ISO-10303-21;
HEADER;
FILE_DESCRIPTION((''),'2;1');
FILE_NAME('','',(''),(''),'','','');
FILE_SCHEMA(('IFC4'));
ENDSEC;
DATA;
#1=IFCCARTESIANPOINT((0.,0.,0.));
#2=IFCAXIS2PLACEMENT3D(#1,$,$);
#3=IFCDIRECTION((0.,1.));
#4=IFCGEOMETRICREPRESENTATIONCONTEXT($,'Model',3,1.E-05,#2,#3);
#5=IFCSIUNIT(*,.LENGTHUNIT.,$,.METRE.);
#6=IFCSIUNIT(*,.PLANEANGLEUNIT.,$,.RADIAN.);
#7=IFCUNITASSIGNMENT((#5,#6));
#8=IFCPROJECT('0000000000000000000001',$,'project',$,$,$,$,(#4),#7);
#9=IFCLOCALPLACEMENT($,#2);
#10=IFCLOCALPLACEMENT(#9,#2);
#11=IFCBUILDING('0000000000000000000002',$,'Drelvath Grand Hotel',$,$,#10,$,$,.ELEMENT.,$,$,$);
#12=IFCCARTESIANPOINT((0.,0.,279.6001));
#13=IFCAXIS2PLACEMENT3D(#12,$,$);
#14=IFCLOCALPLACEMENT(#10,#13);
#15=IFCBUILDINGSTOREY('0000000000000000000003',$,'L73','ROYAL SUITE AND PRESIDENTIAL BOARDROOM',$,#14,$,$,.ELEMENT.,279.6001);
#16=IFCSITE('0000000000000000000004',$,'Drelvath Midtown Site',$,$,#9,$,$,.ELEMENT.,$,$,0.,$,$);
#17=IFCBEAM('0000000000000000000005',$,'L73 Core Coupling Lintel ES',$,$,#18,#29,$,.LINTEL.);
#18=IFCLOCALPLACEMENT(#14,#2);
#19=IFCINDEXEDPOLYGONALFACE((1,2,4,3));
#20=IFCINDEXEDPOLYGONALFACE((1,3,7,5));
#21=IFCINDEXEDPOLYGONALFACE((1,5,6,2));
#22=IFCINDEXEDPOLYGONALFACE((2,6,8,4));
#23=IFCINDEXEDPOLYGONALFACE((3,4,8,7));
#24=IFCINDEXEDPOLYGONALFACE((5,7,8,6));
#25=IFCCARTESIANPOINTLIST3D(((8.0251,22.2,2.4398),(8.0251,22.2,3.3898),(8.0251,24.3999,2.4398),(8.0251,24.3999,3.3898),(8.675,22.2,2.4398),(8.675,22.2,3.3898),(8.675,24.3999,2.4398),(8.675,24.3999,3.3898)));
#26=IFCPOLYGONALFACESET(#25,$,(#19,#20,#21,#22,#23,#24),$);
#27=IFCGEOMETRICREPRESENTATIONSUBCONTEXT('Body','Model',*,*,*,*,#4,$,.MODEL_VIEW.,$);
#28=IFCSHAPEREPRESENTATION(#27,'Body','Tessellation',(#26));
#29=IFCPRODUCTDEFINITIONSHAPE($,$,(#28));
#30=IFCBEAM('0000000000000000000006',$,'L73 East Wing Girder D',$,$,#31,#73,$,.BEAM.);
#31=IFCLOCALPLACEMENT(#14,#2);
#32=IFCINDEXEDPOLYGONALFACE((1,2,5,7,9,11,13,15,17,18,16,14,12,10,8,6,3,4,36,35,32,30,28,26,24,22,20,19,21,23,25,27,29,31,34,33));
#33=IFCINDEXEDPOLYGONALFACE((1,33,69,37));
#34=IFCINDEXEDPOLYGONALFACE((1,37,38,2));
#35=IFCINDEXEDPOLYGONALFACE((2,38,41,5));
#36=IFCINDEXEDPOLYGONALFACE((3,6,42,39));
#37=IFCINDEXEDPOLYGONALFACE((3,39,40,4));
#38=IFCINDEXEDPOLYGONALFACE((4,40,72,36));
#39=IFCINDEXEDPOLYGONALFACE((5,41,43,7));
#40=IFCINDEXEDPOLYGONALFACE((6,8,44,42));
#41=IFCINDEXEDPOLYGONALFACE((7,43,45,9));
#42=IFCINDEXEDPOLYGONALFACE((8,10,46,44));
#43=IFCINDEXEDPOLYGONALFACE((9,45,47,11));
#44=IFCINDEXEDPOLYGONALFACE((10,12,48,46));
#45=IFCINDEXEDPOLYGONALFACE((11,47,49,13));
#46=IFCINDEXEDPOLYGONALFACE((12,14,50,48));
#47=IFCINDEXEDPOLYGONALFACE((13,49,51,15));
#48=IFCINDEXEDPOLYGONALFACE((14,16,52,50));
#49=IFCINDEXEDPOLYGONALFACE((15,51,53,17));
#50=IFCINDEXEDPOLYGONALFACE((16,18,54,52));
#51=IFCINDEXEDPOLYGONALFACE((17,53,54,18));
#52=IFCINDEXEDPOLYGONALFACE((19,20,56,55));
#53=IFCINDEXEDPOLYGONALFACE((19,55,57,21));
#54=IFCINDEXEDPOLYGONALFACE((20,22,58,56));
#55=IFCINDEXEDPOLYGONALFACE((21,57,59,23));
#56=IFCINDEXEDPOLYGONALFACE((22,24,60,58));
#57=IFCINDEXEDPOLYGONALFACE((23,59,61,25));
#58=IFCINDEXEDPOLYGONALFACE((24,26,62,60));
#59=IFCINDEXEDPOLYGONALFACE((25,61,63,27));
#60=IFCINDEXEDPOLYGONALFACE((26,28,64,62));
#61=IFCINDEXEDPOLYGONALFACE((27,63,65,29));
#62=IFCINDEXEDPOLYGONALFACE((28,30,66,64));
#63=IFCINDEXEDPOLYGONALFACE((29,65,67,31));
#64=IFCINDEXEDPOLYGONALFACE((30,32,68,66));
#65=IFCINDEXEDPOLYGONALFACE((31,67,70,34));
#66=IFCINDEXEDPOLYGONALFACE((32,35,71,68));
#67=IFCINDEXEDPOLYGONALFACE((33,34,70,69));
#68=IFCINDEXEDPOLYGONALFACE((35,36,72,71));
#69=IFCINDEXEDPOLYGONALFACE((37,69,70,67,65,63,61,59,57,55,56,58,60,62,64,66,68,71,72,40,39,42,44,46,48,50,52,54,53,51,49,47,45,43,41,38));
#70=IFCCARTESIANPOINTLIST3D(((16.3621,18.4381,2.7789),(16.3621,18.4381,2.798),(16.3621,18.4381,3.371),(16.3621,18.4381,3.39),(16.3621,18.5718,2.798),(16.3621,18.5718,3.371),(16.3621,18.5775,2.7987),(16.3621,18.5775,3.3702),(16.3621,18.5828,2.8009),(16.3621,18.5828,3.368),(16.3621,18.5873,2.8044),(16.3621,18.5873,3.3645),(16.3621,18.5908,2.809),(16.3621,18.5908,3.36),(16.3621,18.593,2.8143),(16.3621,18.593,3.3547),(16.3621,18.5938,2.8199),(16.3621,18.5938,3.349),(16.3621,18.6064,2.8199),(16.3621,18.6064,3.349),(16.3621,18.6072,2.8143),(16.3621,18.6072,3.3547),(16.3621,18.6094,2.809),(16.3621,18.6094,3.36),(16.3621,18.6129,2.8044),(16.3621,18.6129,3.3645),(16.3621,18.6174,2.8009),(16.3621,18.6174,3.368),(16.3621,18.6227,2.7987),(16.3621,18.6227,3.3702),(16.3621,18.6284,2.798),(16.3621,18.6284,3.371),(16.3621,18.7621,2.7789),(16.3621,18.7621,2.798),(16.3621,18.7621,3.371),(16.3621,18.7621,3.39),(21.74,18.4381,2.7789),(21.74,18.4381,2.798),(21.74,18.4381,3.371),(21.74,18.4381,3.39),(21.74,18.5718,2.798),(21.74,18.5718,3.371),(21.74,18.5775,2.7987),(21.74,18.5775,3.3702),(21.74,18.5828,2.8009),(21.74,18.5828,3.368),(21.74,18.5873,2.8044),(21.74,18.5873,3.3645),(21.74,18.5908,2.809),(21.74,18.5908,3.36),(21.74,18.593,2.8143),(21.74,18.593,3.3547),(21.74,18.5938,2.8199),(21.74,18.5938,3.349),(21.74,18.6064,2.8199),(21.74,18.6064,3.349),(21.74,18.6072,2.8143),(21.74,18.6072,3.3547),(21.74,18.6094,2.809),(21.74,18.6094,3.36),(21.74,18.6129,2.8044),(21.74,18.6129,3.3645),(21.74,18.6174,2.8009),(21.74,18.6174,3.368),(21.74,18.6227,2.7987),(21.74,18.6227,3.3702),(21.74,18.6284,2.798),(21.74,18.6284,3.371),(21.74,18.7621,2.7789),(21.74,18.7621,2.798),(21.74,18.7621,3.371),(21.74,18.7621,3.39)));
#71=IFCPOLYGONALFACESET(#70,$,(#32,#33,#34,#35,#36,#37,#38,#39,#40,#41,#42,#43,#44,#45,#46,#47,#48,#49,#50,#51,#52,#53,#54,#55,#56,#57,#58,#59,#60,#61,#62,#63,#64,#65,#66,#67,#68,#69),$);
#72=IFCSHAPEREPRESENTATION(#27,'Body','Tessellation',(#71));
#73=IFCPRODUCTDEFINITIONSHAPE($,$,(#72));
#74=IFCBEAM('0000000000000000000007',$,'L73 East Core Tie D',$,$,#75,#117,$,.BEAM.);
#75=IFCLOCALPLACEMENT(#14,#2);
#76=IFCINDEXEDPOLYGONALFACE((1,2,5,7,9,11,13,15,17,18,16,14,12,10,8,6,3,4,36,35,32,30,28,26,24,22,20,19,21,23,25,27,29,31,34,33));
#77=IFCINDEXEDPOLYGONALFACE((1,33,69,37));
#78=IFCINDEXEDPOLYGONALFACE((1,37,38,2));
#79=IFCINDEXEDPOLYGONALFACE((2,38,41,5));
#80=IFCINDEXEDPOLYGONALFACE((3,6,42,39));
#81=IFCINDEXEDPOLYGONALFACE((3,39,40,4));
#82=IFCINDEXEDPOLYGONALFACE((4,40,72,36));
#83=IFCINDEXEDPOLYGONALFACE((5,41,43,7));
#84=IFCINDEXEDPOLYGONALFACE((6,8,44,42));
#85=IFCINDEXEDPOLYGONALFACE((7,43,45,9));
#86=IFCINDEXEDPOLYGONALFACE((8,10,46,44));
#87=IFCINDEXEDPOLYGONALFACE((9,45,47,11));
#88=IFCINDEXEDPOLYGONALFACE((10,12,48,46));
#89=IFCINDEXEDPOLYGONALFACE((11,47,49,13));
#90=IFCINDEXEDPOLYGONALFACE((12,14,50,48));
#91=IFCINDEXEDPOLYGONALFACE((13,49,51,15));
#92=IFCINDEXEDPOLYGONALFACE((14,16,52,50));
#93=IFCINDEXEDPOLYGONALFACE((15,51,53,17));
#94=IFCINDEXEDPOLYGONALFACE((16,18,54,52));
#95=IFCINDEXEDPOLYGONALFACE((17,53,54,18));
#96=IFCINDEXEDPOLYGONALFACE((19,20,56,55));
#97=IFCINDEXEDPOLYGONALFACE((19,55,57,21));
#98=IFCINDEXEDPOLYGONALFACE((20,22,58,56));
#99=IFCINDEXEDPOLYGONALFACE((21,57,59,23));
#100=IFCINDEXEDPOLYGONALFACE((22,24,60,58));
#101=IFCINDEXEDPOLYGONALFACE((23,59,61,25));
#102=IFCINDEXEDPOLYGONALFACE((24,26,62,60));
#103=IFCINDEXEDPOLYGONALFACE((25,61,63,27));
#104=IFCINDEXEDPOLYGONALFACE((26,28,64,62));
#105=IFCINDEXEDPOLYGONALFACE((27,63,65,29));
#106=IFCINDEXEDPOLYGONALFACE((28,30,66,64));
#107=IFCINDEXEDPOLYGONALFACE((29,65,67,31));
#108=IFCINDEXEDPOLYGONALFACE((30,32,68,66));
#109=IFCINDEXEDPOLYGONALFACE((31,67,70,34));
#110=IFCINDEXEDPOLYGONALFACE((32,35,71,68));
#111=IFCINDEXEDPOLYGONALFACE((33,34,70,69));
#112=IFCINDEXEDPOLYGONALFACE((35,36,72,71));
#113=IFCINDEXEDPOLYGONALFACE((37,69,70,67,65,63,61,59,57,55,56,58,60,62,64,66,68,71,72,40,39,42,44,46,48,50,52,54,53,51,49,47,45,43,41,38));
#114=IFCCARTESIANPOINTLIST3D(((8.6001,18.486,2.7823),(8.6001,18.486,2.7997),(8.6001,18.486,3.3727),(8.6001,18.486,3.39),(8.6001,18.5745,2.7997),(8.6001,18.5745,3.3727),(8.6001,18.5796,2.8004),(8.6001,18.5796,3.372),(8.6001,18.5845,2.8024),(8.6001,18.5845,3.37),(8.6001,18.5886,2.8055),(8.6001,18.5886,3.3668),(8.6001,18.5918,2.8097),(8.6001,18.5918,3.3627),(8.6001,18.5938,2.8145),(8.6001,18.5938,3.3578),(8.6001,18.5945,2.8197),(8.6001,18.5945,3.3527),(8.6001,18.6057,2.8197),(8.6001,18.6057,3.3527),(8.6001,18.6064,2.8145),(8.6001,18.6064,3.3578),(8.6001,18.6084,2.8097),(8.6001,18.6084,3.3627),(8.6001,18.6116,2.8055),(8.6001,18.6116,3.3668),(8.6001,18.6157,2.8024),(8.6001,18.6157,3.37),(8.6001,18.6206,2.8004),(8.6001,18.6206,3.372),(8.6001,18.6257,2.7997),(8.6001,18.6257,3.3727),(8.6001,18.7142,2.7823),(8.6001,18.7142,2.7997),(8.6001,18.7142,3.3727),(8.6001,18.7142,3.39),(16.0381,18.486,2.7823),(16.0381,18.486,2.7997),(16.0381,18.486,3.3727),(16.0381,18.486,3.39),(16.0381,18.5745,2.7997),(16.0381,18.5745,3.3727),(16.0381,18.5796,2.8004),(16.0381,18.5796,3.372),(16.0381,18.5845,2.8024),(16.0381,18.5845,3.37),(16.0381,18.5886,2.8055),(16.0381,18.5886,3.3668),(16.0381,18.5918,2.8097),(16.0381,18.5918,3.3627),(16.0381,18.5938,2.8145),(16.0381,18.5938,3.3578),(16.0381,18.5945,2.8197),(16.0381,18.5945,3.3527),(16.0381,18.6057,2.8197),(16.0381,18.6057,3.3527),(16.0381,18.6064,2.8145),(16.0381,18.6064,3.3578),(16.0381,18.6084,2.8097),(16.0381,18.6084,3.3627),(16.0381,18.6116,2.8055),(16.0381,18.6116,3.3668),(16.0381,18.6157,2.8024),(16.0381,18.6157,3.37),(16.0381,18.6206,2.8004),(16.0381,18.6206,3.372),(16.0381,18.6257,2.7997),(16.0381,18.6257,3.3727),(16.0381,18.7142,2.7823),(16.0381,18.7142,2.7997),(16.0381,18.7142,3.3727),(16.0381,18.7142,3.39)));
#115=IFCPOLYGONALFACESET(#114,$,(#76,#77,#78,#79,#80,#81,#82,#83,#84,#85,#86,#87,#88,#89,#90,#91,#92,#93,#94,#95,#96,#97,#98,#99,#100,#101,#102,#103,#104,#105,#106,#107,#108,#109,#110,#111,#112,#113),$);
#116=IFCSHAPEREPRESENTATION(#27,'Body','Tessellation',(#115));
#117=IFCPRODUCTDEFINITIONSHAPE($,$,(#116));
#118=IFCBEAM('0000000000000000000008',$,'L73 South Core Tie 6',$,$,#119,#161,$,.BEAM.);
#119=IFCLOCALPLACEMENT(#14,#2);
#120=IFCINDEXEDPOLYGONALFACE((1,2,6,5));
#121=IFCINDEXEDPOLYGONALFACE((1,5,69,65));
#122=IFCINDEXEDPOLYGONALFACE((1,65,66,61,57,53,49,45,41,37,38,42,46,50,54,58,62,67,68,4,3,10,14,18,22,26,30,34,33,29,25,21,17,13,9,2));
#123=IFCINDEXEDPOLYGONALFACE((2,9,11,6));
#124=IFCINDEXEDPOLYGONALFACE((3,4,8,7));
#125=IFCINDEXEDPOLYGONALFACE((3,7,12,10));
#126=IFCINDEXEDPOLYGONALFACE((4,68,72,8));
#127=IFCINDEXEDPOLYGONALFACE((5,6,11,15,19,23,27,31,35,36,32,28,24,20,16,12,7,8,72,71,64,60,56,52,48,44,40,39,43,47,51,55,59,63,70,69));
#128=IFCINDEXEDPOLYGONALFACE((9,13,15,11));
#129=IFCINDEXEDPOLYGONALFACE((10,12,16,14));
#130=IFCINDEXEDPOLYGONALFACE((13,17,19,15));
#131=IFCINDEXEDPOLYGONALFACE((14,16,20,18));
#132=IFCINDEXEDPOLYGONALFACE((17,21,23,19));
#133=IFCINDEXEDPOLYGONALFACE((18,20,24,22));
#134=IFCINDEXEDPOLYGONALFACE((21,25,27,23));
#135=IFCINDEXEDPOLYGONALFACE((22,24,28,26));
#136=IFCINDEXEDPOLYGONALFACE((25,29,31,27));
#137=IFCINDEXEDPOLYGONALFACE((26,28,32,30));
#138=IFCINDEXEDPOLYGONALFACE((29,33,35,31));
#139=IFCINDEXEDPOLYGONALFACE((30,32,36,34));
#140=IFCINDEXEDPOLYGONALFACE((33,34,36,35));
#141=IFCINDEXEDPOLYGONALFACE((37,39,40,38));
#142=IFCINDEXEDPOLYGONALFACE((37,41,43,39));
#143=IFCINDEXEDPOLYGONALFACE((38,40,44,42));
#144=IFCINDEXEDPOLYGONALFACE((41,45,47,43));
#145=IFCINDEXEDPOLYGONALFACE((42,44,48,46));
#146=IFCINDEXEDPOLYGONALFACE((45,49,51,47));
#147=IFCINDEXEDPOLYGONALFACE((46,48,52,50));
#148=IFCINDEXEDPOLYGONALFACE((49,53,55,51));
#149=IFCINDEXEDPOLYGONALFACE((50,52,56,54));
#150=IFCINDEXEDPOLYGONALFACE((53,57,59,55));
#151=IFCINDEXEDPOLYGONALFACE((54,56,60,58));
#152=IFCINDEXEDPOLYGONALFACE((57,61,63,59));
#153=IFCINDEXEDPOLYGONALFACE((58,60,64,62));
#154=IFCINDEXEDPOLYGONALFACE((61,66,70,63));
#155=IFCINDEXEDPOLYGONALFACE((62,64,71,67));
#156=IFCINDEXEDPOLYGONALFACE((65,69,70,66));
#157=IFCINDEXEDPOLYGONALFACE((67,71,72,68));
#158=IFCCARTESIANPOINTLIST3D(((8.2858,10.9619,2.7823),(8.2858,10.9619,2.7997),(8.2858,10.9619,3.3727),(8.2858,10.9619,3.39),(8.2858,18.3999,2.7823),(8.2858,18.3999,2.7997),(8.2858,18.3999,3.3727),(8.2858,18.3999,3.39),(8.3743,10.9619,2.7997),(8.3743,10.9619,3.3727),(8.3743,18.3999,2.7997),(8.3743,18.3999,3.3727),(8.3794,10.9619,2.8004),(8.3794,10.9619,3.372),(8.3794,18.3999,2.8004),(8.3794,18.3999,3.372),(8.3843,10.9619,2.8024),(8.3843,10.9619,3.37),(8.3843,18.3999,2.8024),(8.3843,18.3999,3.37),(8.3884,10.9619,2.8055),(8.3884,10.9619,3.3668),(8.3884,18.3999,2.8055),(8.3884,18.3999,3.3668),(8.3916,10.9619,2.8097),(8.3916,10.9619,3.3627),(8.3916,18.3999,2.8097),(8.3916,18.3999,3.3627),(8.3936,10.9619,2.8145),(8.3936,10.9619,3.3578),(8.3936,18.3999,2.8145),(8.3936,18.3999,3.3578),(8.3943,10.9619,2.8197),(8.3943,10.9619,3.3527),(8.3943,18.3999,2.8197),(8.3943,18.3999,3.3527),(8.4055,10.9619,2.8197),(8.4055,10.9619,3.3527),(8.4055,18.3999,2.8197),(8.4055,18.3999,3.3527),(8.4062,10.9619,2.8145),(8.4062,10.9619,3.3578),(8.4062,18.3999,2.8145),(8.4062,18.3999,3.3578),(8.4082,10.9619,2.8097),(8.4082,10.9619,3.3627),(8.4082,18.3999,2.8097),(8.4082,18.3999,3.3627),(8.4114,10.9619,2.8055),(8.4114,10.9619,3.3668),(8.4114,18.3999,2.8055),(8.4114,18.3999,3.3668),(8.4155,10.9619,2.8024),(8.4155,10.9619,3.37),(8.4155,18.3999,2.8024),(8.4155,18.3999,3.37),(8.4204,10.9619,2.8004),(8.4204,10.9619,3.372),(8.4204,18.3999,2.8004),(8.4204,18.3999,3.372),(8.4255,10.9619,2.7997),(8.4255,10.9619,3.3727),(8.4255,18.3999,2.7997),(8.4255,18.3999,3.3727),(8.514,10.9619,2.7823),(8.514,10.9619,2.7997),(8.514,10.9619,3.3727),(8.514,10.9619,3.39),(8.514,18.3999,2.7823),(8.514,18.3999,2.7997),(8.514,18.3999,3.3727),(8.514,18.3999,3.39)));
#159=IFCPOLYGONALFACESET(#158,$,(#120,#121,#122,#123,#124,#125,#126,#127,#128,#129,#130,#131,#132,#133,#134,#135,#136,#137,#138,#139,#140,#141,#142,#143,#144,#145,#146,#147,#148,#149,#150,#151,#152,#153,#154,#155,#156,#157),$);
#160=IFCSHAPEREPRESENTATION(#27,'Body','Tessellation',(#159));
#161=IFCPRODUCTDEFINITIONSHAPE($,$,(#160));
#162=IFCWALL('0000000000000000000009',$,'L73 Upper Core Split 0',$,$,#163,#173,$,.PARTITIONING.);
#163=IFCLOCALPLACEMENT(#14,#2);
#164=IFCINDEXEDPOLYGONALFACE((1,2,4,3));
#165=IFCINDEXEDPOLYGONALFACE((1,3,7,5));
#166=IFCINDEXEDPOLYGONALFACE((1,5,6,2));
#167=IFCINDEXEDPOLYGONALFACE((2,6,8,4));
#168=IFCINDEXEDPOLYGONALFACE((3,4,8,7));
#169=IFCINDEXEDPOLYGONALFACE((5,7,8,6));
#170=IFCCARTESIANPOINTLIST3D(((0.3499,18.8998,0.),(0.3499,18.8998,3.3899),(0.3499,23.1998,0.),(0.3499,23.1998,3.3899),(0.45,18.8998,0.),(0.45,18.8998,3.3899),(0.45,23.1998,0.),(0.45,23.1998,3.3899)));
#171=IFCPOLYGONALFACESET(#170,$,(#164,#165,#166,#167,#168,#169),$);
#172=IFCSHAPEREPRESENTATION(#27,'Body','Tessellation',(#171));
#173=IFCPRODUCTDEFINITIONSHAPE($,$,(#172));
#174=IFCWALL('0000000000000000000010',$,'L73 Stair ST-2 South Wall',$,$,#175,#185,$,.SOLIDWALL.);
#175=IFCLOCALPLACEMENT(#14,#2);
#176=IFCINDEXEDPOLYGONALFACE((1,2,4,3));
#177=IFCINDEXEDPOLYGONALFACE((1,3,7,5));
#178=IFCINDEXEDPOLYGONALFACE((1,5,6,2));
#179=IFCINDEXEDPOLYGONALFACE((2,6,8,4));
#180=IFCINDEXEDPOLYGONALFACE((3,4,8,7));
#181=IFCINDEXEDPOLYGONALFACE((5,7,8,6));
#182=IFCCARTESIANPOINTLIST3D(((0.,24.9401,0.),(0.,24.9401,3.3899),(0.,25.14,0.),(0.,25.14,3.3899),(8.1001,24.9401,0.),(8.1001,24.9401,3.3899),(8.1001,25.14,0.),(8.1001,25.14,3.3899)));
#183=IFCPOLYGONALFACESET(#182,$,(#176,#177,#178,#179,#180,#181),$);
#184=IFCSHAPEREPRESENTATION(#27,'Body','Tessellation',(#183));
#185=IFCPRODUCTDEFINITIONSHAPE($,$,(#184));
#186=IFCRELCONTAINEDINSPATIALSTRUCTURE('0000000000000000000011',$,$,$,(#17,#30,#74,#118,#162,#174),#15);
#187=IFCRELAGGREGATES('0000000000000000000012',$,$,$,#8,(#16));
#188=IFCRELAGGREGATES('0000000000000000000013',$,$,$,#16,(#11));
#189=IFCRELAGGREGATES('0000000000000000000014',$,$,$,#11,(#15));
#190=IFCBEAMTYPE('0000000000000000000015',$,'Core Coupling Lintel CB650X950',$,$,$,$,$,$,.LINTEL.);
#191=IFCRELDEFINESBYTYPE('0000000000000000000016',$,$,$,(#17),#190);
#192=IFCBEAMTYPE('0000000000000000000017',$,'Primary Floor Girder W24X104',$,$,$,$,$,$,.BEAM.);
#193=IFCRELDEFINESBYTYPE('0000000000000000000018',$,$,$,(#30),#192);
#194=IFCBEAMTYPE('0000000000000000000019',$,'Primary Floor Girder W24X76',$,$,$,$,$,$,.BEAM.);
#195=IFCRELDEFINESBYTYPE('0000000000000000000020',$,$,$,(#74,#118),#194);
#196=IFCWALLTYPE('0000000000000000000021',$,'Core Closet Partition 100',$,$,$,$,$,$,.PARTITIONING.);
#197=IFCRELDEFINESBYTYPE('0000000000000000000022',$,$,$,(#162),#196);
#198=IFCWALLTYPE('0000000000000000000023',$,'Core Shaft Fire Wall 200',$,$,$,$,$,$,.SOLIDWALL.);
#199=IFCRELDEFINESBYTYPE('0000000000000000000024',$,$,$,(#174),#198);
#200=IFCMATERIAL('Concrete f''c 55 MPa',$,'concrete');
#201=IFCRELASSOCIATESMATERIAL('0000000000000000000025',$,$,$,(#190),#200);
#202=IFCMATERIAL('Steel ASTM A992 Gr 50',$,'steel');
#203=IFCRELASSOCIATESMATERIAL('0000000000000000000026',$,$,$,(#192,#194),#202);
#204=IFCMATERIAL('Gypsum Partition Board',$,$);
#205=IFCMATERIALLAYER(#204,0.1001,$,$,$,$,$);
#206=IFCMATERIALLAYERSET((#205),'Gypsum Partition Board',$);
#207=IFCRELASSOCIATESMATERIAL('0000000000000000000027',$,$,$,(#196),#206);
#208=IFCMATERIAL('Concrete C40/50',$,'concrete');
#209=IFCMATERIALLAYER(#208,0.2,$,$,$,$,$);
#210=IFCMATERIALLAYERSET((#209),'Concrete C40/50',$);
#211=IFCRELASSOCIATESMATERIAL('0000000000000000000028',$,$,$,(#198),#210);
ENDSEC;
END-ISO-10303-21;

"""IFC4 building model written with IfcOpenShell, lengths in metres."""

from ifc_helpers import new_model, si_unit, direction, frame, frame_2d, origin, origin_2d, place, context, subcontext, project, spatial, rectangle, i_section, extrude, material, layer, layer_set, material_profile, profile_set, type_object, element, save


model = new_model("IFC4")

# Units and contexts
model_context = context("Model", 3, precision=1e-05, world=origin(), true_north=direction((0.0, 1.0)))
body_context = subcontext(model_context, "Body", "Model", "MODEL_VIEW")
ifc_project = project(units=[si_unit("LENGTHUNIT", "METRE"), si_unit("PLANEANGLEUNIT", "RADIAN")], contexts=[model_context])

# Site, building, storey
site_placement = place(None, origin())
site = spatial("IfcSite", under=ifc_project, at=site_placement, Name="Drelvath Midtown Site", CompositionType="ELEMENT", RefElevation=0.0)
building_placement = place(site_placement, origin())
building = spatial("IfcBuilding", under=site, at=building_placement, Name="Drelvath Grand Hotel", CompositionType="ELEMENT")
storey_placement = place(building_placement, frame((0.0, 0.0, 279.6001)))
storey = spatial("IfcBuildingStorey", under=building, at=storey_placement, Name="L73", Description="ROYAL SUITE AND PRESIDENTIAL BOARDROOM", CompositionType="ELEMENT", Elevation=279.6001)

# Beams
ifc_material_1 = material(Name="Concrete f'c 55 MPa", Category="concrete")
ifc_material_profile_1 = material_profile(ifc_material_1, rectangle(XDim=0.6499, YDim=0.95, at=origin_2d()), Name="CB650X950")
ifc_profile_set_1 = profile_set([ifc_material_profile_1], Name="Concrete f'c 55 MPa")
beam_type_1 = type_object("IfcBeamType", Name="Core Coupling Lintel CB650X950", PredefinedType="LINTEL", material=ifc_profile_set_1)
beam_1_placement = place(storey_placement, frame((8.3501, 22.2, 2.9148), z_axis=(0.0, 1.0, 0.0), x_axis=(-1.0, 0.0, 0.0)))
element("IfcBeam", 1, at=beam_1_placement, inside=storey, type_object=beam_type_1, Name="L73 Core Coupling Lintel ES", PredefinedType="LINTEL", context=body_context, shape_type="SweptSolid", body=[
    extrude(rectangle(XDim=0.6499, YDim=0.95, at=origin_2d()), origin(), (0.0, 0.0, 1.0), 2.2),
])
ifc_material_2 = material(Name="Steel ASTM A992 Gr 50", Category="steel")
ifc_material_profile_2 = material_profile(ifc_material_2, i_section(OverallWidth=0.324, OverallDepth=0.6111, WebThickness=0.0127, FlangeThickness=0.019, FilletRadius=0.022, at=origin_2d()), Name="W24X104")
ifc_profile_set_2 = profile_set([ifc_material_profile_2], Name="Steel ASTM A992 Gr 50")
beam_type_2 = type_object("IfcBeamType", Name="Primary Floor Girder W24X104", PredefinedType="BEAM", material=ifc_profile_set_2)
beam_2_placement = place(storey_placement, frame((16.3621, 18.6001, 3.0845), z_axis=(1.0, 0.0, 0.0), x_axis=(0.0, 1.0, 0.0)))
element("IfcBeam", 2, at=beam_2_placement, inside=storey, type_object=beam_type_2, Name="L73 East Wing Girder D", PredefinedType="BEAM", context=body_context, shape_type="SweptSolid", body=[
    extrude(i_section(OverallWidth=0.324, OverallDepth=0.6111, WebThickness=0.0127, FlangeThickness=0.019, FilletRadius=0.022, at=origin_2d()), origin(), (0.0, 0.0, 1.0), 5.3779),
])
ifc_material_profile_3 = material_profile(ifc_material_2, i_section(OverallWidth=0.2283, OverallDepth=0.6077, WebThickness=0.0112, FlangeThickness=0.0173, FilletRadius=0.02, at=origin_2d()), Name="W24X76")
ifc_profile_set_3 = profile_set([ifc_material_profile_3], Name="Steel ASTM A992 Gr 50")
beam_type_3 = type_object("IfcBeamType", Name="Primary Floor Girder W24X76", PredefinedType="BEAM", material=ifc_profile_set_3)
for number, where, z_axis, x_axis, name in (
    (3, (8.6001, 18.6001, 3.0862), (1.0, 0.0, 0.0), (0.0, 1.0, 0.0), "L73 East Core Tie D"),
    (4, (8.3999, 10.9619, 3.0862), (0.0, 1.0, 0.0), (-1.0, 0.0, 0.0), "L73 South Core Tie 6"),
):
    element("IfcBeam", number, at=place(storey_placement, frame(where, z_axis=z_axis, x_axis=x_axis)), inside=storey, type_object=beam_type_3, Name=name, PredefinedType="BEAM", context=body_context, shape_type="SweptSolid", body=[
        extrude(i_section(OverallWidth=0.2283, OverallDepth=0.6077, WebThickness=0.0112, FlangeThickness=0.0173, FilletRadius=0.02, at=origin_2d()), origin(), (0.0, 0.0, 1.0), 7.438),
    ])

# Walls
ifc_material_3 = material(Name="Gypsum Partition Board")
ifc_layer_1 = layer(ifc_material_3, 0.1001)
ifc_layer_set_1 = layer_set([ifc_layer_1], Name="Gypsum Partition Board")
wall_type_1 = type_object("IfcWallType", Name="Core Closet Partition 100", PredefinedType="PARTITIONING", material=ifc_layer_set_1)
wall_1_placement = place(storey_placement, frame((0.3999, 18.8999, 0.0), z_axis=(0.0, 0.0, 1.0), x_axis=(0.0, 1.0, 0.0)))
element("IfcWall", 5, at=wall_1_placement, inside=storey, type_object=wall_type_1, Name="L73 Upper Core Split 0", PredefinedType="PARTITIONING", context=body_context, shape_type="SweptSolid", body=[
    extrude(rectangle(XDim=4.3, YDim=0.1001, at=frame_2d((2.1499, 0.0))), origin(), (0.0, 0.0, 1.0), 3.3899),
])
ifc_material_4 = material(Name="Concrete C40/50", Category="concrete")
ifc_layer_2 = layer(ifc_material_4, 0.2)
ifc_layer_set_2 = layer_set([ifc_layer_2], Name="Concrete C40/50")
wall_type_2 = type_object("IfcWallType", Name="Core Shaft Fire Wall 200", PredefinedType="SOLIDWALL", material=ifc_layer_set_2)
wall_2_placement = place(storey_placement, frame((0.0, 25.04, 0.0), z_axis=(0.0, 0.0, 1.0), x_axis=(1.0, 0.0, 0.0)))
element("IfcWall", 6, at=wall_2_placement, inside=storey, type_object=wall_type_2, Name="L73 Stair ST-2 South Wall", PredefinedType="SOLIDWALL", context=body_context, shape_type="SweptSolid", body=[
    extrude(rectangle(XDim=8.1001, YDim=0.2, at=frame_2d((4.05, 0.0))), origin(), (0.0, 0.0, 1.0), 3.3899),
])

save(model, "model.ifc")
